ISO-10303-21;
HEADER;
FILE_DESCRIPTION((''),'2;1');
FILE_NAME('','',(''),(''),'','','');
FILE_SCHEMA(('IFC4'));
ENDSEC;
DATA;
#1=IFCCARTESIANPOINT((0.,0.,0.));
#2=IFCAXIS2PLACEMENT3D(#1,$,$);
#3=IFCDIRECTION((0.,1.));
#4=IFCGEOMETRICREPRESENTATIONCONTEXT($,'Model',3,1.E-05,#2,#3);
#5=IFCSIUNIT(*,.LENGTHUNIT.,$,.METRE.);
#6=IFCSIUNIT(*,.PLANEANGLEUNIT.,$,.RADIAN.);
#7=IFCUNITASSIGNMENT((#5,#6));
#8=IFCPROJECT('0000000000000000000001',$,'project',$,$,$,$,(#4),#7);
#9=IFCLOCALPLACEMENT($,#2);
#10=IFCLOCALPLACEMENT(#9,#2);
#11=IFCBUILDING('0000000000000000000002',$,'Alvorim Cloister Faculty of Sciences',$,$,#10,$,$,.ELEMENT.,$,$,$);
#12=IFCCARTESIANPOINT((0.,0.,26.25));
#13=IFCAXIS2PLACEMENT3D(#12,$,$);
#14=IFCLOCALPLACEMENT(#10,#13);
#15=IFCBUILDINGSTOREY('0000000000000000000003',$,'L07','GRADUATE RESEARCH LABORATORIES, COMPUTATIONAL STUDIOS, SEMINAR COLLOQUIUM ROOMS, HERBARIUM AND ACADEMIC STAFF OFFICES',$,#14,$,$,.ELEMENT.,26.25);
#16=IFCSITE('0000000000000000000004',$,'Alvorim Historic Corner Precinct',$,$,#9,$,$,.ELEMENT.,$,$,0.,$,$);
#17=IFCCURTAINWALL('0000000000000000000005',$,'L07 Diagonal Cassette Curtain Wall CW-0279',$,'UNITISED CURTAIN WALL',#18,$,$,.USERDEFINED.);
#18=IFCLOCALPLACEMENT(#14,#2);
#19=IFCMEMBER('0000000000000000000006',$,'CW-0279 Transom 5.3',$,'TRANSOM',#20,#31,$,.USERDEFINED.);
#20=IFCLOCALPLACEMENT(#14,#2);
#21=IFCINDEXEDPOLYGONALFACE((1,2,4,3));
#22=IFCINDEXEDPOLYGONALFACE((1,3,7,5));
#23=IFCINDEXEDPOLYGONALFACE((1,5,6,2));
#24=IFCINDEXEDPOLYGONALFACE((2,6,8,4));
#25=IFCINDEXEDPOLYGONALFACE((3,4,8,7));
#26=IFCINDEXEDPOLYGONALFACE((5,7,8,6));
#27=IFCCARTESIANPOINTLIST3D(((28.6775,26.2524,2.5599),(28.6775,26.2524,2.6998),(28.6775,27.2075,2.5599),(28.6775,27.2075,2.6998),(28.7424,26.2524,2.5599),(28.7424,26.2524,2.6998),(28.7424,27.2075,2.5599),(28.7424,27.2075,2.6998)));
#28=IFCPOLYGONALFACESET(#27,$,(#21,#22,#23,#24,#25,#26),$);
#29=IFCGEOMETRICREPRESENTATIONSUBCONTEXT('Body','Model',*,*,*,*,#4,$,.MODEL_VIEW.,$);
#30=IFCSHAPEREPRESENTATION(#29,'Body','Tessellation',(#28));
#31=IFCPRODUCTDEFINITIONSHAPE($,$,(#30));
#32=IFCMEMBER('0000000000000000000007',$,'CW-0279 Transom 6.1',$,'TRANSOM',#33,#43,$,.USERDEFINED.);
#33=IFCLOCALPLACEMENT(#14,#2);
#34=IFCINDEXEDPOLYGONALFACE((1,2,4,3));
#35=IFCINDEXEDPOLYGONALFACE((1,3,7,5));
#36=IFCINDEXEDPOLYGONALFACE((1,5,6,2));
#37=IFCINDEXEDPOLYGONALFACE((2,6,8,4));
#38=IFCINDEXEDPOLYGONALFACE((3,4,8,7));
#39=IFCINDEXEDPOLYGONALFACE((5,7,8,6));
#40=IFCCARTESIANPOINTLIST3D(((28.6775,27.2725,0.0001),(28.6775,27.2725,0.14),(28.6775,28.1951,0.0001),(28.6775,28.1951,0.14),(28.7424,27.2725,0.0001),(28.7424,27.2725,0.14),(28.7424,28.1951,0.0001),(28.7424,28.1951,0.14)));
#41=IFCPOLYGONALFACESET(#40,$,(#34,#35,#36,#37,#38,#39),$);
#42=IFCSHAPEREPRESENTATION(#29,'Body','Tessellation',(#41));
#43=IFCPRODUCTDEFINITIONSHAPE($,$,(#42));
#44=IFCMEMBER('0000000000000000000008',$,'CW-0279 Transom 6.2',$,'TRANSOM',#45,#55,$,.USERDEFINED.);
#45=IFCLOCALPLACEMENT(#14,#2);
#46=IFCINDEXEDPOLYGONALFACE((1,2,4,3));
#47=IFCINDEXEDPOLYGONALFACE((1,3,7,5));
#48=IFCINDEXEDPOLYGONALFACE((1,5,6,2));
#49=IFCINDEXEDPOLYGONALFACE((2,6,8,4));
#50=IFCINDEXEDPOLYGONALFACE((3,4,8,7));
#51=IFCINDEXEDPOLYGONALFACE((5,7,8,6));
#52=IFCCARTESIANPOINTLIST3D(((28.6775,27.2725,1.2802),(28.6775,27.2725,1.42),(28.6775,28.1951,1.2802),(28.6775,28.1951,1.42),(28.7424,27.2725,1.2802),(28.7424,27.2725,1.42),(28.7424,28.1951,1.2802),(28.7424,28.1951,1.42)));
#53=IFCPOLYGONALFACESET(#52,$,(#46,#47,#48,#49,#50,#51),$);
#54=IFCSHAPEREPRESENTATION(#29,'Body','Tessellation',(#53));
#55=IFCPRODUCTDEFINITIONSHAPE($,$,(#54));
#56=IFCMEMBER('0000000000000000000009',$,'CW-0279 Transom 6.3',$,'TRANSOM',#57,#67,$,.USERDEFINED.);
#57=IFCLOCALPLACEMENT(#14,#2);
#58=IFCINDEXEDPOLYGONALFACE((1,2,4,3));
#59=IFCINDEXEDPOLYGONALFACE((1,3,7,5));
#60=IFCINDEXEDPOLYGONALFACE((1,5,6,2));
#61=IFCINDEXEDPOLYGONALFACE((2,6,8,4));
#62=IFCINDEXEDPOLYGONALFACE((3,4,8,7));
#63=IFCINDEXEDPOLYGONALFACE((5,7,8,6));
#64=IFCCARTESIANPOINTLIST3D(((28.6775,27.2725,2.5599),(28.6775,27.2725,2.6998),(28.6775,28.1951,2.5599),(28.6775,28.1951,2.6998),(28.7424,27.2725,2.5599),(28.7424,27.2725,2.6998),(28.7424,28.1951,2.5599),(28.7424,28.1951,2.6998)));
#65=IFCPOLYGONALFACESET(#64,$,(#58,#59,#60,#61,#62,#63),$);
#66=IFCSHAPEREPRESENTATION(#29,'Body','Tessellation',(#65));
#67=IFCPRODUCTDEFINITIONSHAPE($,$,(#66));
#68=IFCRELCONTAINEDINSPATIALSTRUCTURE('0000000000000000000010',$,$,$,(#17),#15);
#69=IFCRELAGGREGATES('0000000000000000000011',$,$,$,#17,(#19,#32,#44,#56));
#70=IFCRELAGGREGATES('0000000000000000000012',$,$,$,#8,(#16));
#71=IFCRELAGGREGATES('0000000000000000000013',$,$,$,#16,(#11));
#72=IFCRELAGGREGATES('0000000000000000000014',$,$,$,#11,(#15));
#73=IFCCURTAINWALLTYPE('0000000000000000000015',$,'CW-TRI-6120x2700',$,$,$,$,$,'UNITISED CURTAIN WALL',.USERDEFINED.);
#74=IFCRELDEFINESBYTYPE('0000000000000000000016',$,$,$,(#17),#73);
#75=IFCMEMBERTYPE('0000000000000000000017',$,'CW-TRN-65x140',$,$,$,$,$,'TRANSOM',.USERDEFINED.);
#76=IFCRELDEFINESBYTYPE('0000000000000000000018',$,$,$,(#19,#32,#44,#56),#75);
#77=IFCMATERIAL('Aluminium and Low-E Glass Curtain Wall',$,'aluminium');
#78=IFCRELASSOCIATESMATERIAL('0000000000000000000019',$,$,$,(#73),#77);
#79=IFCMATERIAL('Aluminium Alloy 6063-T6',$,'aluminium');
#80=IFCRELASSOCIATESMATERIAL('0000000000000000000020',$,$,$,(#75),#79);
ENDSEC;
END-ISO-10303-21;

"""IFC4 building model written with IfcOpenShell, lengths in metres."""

from ifc_helpers import new_model, si_unit, direction, frame, origin, origin_2d, place, context, subcontext, project, spatial, rectangle, extrude, material, material_profile, profile_set, type_object, element, aggregate, save


model = new_model("IFC4")

# Units and contexts
model_context = context("Model", 3, precision=1e-05, world=origin(), true_north=direction((0.0, 1.0)))
body_context = subcontext(model_context, "Body", "Model", "MODEL_VIEW")
ifc_project = project(units=[si_unit("LENGTHUNIT", "METRE"), si_unit("PLANEANGLEUNIT", "RADIAN")], contexts=[model_context])

# Site, building, storey
site_placement = place(None, origin())
site = spatial("IfcSite", under=ifc_project, at=site_placement, Name="Alvorim Historic Corner Precinct", CompositionType="ELEMENT", RefElevation=0.0)
building_placement = place(site_placement, origin())
building = spatial("IfcBuilding", under=site, at=building_placement, Name="Alvorim Cloister Faculty of Sciences", CompositionType="ELEMENT")
storey_placement = place(building_placement, frame((0.0, 0.0, 26.25)))
storey = spatial("IfcBuildingStorey", under=building, at=storey_placement, Name="L07", Description="GRADUATE RESEARCH LABORATORIES, COMPUTATIONAL STUDIOS, SEMINAR COLLOQUIUM ROOMS, HERBARIUM AND ACADEMIC STAFF OFFICES", CompositionType="ELEMENT", Elevation=26.25)

# Curtain wall
ifc_material_1 = material(Name="Aluminium and Low-E Glass Curtain Wall", Category="aluminium")
curtain_wall_type = type_object("IfcCurtainWallType", Name="CW-TRI-6120x2700", ElementType="UNITISED CURTAIN WALL", PredefinedType="USERDEFINED", material=ifc_material_1)
ifc_material_2 = material(Name="Aluminium Alloy 6063-T6", Category="aluminium")
curtain_wall_1_placement = place(storey_placement, origin())
curtain_wall_1 = element("IfcCurtainWall", 1, at=curtain_wall_1_placement, inside=storey, type_object=curtain_wall_type, Name="L07 Diagonal Cassette Curtain Wall CW-0279", ObjectType="UNITISED CURTAIN WALL", PredefinedType="USERDEFINED")

# Members
ifc_material_profile_1 = material_profile(ifc_material_2, rectangle(XDim=0.0649, YDim=0.1399, at=origin_2d()), Name="ALU-TRN-65x140")
ifc_profile_set_1 = profile_set([ifc_material_profile_1], Name="Aluminium Alloy 6063-T6")
member_type_1 = type_object("IfcMemberType", Name="CW-TRN-65x140", ElementType="TRANSOM", PredefinedType="USERDEFINED", material=ifc_profile_set_1)
member_1_placement = place(storey_placement, frame((28.71, 26.2524, 2.6299), z_axis=(0.0, 1.0, 0.0), x_axis=(-1.0, 0.0, 0.0)))
member_1 = element("IfcMember", 2, at=member_1_placement, type_object=member_type_1, Name="CW-0279 Transom 5.3", ObjectType="TRANSOM", PredefinedType="USERDEFINED", context=body_context, shape_type="SweptSolid", body=[
    extrude(rectangle(XDim=0.0649, YDim=0.1399, at=origin_2d()), origin(), (0.0, 0.0, 1.0), 0.9551),
])
member_2_placement = place(storey_placement, frame((28.71, 27.2725, 0.0701), z_axis=(0.0, 1.0, 0.0), x_axis=(-1.0, 0.0, 0.0)))
member_2 = element("IfcMember", 3, at=member_2_placement, type_object=member_type_1, Name="CW-0279 Transom 6.1", ObjectType="TRANSOM", PredefinedType="USERDEFINED", context=body_context, shape_type="SweptSolid", body=[
    extrude(rectangle(XDim=0.0649, YDim=0.1399, at=origin_2d()), origin(), (0.0, 0.0, 1.0), 0.9226),
])
member_3_placement = place(storey_placement, frame((28.71, 27.2725, 1.3501), z_axis=(0.0, 1.0, 0.0), x_axis=(-1.0, 0.0, 0.0)))
member_3 = element("IfcMember", 4, at=member_3_placement, type_object=member_type_1, Name="CW-0279 Transom 6.2", ObjectType="TRANSOM", PredefinedType="USERDEFINED", context=body_context, shape_type="SweptSolid", body=[
    extrude(rectangle(XDim=0.0649, YDim=0.1399, at=origin_2d()), origin(), (0.0, 0.0, 1.0), 0.9226),
])
member_4_placement = place(storey_placement, frame((28.71, 27.2725, 2.6299), z_axis=(0.0, 1.0, 0.0), x_axis=(-1.0, 0.0, 0.0)))
member_4 = element("IfcMember", 5, at=member_4_placement, type_object=member_type_1, Name="CW-0279 Transom 6.3", ObjectType="TRANSOM", PredefinedType="USERDEFINED", context=body_context, shape_type="SweptSolid", body=[
    extrude(rectangle(XDim=0.0649, YDim=0.1399, at=origin_2d()), origin(), (0.0, 0.0, 1.0), 0.9226),
])
aggregate(curtain_wall_1, [member_1, member_2, member_3, member_4])

save(model, "model.ifc")
